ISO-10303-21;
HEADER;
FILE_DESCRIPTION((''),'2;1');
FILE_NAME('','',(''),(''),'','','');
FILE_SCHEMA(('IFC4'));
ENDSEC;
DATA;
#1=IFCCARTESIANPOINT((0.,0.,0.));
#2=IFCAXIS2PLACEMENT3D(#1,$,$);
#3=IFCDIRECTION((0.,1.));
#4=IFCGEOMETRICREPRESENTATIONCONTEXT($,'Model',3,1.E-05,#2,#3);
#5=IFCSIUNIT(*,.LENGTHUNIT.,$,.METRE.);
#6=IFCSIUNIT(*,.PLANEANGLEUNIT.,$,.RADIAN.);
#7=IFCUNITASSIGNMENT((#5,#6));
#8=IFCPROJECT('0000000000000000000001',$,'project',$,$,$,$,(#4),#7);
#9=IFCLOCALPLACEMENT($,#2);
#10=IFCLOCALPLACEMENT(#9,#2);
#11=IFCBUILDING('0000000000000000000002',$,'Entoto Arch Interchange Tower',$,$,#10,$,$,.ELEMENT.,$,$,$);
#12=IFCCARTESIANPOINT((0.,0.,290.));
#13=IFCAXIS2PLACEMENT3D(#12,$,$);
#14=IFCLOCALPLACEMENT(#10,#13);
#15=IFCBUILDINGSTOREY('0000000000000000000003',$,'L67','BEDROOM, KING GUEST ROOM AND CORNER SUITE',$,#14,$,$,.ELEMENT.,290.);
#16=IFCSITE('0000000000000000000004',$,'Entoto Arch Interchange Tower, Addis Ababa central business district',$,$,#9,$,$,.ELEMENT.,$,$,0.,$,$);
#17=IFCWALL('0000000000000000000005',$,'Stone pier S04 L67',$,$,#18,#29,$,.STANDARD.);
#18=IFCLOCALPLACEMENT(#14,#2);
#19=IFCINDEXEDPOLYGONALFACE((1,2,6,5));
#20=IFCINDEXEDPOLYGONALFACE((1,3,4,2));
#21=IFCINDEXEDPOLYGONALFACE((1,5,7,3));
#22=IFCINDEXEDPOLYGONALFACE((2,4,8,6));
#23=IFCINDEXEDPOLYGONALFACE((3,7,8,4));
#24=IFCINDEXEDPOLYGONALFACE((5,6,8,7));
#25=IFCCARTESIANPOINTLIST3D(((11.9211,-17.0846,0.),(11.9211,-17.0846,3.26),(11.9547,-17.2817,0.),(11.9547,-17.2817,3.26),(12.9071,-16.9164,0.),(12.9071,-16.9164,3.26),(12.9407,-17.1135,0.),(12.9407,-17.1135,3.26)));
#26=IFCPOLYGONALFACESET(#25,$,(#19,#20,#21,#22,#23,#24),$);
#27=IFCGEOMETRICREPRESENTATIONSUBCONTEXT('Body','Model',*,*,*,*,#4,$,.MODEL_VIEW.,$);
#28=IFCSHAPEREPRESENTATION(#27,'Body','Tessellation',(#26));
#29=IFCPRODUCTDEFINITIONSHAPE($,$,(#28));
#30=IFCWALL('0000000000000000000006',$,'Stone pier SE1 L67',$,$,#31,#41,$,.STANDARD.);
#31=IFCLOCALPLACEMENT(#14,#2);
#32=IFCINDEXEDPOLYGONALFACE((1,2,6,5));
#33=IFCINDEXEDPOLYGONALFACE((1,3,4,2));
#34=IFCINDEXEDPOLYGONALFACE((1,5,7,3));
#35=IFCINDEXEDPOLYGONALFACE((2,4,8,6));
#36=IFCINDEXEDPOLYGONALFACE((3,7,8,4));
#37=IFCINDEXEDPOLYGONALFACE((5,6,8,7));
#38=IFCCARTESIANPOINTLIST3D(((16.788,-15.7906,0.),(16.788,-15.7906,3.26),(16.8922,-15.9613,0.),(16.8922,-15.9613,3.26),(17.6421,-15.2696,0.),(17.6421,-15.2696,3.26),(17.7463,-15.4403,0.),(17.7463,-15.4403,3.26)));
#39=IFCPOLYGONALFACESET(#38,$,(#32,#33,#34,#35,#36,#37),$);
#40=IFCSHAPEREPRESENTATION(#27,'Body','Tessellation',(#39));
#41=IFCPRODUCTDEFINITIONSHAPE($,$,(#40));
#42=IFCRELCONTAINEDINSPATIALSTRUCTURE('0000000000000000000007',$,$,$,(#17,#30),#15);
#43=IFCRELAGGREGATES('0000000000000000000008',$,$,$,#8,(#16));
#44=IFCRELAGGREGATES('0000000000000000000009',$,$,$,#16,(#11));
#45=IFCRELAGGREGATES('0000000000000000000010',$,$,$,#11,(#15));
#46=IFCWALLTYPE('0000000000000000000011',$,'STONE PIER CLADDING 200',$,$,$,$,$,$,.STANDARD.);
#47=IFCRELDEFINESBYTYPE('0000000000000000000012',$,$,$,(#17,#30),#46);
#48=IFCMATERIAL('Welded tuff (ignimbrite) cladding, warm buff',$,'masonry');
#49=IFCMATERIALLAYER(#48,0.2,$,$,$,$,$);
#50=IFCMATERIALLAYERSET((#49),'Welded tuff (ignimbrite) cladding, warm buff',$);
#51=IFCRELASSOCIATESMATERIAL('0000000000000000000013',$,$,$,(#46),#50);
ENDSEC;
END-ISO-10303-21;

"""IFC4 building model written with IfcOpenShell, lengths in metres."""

from ifc_helpers import new_model, si_unit, direction, frame, frame_2d, origin, place, context, subcontext, project, spatial, rectangle, extrude, material, layer, layer_set, type_object, element, save


model = new_model("IFC4")

# Units and contexts
model_context = context("Model", 3, precision=1e-05, world=origin(), true_north=direction((0.0, 1.0)))
body_context = subcontext(model_context, "Body", "Model", "MODEL_VIEW")
ifc_project = project(units=[si_unit("LENGTHUNIT", "METRE"), si_unit("PLANEANGLEUNIT", "RADIAN")], contexts=[model_context])

# Site, building, storey
site_placement = place(None, origin())
site = spatial("IfcSite", under=ifc_project, at=site_placement, Name="Entoto Arch Interchange Tower, Addis Ababa central business district", CompositionType="ELEMENT", RefElevation=0.0)
building_placement = place(site_placement, origin())
building = spatial("IfcBuilding", under=site, at=building_placement, Name="Entoto Arch Interchange Tower", CompositionType="ELEMENT")
storey_placement = place(building_placement, frame((0.0, 0.0, 290.0)))
storey = spatial("IfcBuildingStorey", under=building, at=storey_placement, Name="L67", Description="BEDROOM, KING GUEST ROOM AND CORNER SUITE", CompositionType="ELEMENT", Elevation=290.0)

# Shared definitions
ifc_material_1 = material(Name="Welded tuff (ignimbrite) cladding, warm buff", Category="masonry")

# Walls
ifc_layer_1 = layer(ifc_material_1, 0.2)
ifc_layer_set_1 = layer_set([ifc_layer_1], Name="Welded tuff (ignimbrite) cladding, warm buff")
wall_type_1 = type_object("IfcWallType", Name="STONE PIER CLADDING 200", PredefinedType="STANDARD", material=ifc_layer_set_1)
wall_1_placement = place(storey_placement, frame((11.938, -17.1831, 0.0), z_axis=(0.0, 0.0, 1.0), x_axis=(0.98576, 0.168158, 0.0)))
element("IfcWall", 1, at=wall_1_placement, inside=storey, type_object=wall_type_1, Name="Stone pier S04 L67", PredefinedType="STANDARD", context=body_context, shape_type="SweptSolid", body=[
    extrude(rectangle(XDim=1.0002, YDim=0.2, at=frame_2d((0.5, 0.0))), origin(), (0.0, 0.0, 1.0), 3.26),
])
wall_2_placement = place(storey_placement, frame((16.8401, -15.876, 0.0), z_axis=(0.0, 0.0, 1.0), x_axis=(0.85368, 0.520798, 0.0)))
element("IfcWall", 2, at=wall_2_placement, inside=storey, type_object=wall_type_1, Name="Stone pier SE1 L67", PredefinedType="STANDARD", context=body_context, shape_type="SweptSolid", body=[
    extrude(rectangle(XDim=1.0005, YDim=0.2, at=frame_2d((0.5002, 0.0))), origin(), (0.0, 0.0, 1.0), 3.26),
])

save(model, "model.ifc")
